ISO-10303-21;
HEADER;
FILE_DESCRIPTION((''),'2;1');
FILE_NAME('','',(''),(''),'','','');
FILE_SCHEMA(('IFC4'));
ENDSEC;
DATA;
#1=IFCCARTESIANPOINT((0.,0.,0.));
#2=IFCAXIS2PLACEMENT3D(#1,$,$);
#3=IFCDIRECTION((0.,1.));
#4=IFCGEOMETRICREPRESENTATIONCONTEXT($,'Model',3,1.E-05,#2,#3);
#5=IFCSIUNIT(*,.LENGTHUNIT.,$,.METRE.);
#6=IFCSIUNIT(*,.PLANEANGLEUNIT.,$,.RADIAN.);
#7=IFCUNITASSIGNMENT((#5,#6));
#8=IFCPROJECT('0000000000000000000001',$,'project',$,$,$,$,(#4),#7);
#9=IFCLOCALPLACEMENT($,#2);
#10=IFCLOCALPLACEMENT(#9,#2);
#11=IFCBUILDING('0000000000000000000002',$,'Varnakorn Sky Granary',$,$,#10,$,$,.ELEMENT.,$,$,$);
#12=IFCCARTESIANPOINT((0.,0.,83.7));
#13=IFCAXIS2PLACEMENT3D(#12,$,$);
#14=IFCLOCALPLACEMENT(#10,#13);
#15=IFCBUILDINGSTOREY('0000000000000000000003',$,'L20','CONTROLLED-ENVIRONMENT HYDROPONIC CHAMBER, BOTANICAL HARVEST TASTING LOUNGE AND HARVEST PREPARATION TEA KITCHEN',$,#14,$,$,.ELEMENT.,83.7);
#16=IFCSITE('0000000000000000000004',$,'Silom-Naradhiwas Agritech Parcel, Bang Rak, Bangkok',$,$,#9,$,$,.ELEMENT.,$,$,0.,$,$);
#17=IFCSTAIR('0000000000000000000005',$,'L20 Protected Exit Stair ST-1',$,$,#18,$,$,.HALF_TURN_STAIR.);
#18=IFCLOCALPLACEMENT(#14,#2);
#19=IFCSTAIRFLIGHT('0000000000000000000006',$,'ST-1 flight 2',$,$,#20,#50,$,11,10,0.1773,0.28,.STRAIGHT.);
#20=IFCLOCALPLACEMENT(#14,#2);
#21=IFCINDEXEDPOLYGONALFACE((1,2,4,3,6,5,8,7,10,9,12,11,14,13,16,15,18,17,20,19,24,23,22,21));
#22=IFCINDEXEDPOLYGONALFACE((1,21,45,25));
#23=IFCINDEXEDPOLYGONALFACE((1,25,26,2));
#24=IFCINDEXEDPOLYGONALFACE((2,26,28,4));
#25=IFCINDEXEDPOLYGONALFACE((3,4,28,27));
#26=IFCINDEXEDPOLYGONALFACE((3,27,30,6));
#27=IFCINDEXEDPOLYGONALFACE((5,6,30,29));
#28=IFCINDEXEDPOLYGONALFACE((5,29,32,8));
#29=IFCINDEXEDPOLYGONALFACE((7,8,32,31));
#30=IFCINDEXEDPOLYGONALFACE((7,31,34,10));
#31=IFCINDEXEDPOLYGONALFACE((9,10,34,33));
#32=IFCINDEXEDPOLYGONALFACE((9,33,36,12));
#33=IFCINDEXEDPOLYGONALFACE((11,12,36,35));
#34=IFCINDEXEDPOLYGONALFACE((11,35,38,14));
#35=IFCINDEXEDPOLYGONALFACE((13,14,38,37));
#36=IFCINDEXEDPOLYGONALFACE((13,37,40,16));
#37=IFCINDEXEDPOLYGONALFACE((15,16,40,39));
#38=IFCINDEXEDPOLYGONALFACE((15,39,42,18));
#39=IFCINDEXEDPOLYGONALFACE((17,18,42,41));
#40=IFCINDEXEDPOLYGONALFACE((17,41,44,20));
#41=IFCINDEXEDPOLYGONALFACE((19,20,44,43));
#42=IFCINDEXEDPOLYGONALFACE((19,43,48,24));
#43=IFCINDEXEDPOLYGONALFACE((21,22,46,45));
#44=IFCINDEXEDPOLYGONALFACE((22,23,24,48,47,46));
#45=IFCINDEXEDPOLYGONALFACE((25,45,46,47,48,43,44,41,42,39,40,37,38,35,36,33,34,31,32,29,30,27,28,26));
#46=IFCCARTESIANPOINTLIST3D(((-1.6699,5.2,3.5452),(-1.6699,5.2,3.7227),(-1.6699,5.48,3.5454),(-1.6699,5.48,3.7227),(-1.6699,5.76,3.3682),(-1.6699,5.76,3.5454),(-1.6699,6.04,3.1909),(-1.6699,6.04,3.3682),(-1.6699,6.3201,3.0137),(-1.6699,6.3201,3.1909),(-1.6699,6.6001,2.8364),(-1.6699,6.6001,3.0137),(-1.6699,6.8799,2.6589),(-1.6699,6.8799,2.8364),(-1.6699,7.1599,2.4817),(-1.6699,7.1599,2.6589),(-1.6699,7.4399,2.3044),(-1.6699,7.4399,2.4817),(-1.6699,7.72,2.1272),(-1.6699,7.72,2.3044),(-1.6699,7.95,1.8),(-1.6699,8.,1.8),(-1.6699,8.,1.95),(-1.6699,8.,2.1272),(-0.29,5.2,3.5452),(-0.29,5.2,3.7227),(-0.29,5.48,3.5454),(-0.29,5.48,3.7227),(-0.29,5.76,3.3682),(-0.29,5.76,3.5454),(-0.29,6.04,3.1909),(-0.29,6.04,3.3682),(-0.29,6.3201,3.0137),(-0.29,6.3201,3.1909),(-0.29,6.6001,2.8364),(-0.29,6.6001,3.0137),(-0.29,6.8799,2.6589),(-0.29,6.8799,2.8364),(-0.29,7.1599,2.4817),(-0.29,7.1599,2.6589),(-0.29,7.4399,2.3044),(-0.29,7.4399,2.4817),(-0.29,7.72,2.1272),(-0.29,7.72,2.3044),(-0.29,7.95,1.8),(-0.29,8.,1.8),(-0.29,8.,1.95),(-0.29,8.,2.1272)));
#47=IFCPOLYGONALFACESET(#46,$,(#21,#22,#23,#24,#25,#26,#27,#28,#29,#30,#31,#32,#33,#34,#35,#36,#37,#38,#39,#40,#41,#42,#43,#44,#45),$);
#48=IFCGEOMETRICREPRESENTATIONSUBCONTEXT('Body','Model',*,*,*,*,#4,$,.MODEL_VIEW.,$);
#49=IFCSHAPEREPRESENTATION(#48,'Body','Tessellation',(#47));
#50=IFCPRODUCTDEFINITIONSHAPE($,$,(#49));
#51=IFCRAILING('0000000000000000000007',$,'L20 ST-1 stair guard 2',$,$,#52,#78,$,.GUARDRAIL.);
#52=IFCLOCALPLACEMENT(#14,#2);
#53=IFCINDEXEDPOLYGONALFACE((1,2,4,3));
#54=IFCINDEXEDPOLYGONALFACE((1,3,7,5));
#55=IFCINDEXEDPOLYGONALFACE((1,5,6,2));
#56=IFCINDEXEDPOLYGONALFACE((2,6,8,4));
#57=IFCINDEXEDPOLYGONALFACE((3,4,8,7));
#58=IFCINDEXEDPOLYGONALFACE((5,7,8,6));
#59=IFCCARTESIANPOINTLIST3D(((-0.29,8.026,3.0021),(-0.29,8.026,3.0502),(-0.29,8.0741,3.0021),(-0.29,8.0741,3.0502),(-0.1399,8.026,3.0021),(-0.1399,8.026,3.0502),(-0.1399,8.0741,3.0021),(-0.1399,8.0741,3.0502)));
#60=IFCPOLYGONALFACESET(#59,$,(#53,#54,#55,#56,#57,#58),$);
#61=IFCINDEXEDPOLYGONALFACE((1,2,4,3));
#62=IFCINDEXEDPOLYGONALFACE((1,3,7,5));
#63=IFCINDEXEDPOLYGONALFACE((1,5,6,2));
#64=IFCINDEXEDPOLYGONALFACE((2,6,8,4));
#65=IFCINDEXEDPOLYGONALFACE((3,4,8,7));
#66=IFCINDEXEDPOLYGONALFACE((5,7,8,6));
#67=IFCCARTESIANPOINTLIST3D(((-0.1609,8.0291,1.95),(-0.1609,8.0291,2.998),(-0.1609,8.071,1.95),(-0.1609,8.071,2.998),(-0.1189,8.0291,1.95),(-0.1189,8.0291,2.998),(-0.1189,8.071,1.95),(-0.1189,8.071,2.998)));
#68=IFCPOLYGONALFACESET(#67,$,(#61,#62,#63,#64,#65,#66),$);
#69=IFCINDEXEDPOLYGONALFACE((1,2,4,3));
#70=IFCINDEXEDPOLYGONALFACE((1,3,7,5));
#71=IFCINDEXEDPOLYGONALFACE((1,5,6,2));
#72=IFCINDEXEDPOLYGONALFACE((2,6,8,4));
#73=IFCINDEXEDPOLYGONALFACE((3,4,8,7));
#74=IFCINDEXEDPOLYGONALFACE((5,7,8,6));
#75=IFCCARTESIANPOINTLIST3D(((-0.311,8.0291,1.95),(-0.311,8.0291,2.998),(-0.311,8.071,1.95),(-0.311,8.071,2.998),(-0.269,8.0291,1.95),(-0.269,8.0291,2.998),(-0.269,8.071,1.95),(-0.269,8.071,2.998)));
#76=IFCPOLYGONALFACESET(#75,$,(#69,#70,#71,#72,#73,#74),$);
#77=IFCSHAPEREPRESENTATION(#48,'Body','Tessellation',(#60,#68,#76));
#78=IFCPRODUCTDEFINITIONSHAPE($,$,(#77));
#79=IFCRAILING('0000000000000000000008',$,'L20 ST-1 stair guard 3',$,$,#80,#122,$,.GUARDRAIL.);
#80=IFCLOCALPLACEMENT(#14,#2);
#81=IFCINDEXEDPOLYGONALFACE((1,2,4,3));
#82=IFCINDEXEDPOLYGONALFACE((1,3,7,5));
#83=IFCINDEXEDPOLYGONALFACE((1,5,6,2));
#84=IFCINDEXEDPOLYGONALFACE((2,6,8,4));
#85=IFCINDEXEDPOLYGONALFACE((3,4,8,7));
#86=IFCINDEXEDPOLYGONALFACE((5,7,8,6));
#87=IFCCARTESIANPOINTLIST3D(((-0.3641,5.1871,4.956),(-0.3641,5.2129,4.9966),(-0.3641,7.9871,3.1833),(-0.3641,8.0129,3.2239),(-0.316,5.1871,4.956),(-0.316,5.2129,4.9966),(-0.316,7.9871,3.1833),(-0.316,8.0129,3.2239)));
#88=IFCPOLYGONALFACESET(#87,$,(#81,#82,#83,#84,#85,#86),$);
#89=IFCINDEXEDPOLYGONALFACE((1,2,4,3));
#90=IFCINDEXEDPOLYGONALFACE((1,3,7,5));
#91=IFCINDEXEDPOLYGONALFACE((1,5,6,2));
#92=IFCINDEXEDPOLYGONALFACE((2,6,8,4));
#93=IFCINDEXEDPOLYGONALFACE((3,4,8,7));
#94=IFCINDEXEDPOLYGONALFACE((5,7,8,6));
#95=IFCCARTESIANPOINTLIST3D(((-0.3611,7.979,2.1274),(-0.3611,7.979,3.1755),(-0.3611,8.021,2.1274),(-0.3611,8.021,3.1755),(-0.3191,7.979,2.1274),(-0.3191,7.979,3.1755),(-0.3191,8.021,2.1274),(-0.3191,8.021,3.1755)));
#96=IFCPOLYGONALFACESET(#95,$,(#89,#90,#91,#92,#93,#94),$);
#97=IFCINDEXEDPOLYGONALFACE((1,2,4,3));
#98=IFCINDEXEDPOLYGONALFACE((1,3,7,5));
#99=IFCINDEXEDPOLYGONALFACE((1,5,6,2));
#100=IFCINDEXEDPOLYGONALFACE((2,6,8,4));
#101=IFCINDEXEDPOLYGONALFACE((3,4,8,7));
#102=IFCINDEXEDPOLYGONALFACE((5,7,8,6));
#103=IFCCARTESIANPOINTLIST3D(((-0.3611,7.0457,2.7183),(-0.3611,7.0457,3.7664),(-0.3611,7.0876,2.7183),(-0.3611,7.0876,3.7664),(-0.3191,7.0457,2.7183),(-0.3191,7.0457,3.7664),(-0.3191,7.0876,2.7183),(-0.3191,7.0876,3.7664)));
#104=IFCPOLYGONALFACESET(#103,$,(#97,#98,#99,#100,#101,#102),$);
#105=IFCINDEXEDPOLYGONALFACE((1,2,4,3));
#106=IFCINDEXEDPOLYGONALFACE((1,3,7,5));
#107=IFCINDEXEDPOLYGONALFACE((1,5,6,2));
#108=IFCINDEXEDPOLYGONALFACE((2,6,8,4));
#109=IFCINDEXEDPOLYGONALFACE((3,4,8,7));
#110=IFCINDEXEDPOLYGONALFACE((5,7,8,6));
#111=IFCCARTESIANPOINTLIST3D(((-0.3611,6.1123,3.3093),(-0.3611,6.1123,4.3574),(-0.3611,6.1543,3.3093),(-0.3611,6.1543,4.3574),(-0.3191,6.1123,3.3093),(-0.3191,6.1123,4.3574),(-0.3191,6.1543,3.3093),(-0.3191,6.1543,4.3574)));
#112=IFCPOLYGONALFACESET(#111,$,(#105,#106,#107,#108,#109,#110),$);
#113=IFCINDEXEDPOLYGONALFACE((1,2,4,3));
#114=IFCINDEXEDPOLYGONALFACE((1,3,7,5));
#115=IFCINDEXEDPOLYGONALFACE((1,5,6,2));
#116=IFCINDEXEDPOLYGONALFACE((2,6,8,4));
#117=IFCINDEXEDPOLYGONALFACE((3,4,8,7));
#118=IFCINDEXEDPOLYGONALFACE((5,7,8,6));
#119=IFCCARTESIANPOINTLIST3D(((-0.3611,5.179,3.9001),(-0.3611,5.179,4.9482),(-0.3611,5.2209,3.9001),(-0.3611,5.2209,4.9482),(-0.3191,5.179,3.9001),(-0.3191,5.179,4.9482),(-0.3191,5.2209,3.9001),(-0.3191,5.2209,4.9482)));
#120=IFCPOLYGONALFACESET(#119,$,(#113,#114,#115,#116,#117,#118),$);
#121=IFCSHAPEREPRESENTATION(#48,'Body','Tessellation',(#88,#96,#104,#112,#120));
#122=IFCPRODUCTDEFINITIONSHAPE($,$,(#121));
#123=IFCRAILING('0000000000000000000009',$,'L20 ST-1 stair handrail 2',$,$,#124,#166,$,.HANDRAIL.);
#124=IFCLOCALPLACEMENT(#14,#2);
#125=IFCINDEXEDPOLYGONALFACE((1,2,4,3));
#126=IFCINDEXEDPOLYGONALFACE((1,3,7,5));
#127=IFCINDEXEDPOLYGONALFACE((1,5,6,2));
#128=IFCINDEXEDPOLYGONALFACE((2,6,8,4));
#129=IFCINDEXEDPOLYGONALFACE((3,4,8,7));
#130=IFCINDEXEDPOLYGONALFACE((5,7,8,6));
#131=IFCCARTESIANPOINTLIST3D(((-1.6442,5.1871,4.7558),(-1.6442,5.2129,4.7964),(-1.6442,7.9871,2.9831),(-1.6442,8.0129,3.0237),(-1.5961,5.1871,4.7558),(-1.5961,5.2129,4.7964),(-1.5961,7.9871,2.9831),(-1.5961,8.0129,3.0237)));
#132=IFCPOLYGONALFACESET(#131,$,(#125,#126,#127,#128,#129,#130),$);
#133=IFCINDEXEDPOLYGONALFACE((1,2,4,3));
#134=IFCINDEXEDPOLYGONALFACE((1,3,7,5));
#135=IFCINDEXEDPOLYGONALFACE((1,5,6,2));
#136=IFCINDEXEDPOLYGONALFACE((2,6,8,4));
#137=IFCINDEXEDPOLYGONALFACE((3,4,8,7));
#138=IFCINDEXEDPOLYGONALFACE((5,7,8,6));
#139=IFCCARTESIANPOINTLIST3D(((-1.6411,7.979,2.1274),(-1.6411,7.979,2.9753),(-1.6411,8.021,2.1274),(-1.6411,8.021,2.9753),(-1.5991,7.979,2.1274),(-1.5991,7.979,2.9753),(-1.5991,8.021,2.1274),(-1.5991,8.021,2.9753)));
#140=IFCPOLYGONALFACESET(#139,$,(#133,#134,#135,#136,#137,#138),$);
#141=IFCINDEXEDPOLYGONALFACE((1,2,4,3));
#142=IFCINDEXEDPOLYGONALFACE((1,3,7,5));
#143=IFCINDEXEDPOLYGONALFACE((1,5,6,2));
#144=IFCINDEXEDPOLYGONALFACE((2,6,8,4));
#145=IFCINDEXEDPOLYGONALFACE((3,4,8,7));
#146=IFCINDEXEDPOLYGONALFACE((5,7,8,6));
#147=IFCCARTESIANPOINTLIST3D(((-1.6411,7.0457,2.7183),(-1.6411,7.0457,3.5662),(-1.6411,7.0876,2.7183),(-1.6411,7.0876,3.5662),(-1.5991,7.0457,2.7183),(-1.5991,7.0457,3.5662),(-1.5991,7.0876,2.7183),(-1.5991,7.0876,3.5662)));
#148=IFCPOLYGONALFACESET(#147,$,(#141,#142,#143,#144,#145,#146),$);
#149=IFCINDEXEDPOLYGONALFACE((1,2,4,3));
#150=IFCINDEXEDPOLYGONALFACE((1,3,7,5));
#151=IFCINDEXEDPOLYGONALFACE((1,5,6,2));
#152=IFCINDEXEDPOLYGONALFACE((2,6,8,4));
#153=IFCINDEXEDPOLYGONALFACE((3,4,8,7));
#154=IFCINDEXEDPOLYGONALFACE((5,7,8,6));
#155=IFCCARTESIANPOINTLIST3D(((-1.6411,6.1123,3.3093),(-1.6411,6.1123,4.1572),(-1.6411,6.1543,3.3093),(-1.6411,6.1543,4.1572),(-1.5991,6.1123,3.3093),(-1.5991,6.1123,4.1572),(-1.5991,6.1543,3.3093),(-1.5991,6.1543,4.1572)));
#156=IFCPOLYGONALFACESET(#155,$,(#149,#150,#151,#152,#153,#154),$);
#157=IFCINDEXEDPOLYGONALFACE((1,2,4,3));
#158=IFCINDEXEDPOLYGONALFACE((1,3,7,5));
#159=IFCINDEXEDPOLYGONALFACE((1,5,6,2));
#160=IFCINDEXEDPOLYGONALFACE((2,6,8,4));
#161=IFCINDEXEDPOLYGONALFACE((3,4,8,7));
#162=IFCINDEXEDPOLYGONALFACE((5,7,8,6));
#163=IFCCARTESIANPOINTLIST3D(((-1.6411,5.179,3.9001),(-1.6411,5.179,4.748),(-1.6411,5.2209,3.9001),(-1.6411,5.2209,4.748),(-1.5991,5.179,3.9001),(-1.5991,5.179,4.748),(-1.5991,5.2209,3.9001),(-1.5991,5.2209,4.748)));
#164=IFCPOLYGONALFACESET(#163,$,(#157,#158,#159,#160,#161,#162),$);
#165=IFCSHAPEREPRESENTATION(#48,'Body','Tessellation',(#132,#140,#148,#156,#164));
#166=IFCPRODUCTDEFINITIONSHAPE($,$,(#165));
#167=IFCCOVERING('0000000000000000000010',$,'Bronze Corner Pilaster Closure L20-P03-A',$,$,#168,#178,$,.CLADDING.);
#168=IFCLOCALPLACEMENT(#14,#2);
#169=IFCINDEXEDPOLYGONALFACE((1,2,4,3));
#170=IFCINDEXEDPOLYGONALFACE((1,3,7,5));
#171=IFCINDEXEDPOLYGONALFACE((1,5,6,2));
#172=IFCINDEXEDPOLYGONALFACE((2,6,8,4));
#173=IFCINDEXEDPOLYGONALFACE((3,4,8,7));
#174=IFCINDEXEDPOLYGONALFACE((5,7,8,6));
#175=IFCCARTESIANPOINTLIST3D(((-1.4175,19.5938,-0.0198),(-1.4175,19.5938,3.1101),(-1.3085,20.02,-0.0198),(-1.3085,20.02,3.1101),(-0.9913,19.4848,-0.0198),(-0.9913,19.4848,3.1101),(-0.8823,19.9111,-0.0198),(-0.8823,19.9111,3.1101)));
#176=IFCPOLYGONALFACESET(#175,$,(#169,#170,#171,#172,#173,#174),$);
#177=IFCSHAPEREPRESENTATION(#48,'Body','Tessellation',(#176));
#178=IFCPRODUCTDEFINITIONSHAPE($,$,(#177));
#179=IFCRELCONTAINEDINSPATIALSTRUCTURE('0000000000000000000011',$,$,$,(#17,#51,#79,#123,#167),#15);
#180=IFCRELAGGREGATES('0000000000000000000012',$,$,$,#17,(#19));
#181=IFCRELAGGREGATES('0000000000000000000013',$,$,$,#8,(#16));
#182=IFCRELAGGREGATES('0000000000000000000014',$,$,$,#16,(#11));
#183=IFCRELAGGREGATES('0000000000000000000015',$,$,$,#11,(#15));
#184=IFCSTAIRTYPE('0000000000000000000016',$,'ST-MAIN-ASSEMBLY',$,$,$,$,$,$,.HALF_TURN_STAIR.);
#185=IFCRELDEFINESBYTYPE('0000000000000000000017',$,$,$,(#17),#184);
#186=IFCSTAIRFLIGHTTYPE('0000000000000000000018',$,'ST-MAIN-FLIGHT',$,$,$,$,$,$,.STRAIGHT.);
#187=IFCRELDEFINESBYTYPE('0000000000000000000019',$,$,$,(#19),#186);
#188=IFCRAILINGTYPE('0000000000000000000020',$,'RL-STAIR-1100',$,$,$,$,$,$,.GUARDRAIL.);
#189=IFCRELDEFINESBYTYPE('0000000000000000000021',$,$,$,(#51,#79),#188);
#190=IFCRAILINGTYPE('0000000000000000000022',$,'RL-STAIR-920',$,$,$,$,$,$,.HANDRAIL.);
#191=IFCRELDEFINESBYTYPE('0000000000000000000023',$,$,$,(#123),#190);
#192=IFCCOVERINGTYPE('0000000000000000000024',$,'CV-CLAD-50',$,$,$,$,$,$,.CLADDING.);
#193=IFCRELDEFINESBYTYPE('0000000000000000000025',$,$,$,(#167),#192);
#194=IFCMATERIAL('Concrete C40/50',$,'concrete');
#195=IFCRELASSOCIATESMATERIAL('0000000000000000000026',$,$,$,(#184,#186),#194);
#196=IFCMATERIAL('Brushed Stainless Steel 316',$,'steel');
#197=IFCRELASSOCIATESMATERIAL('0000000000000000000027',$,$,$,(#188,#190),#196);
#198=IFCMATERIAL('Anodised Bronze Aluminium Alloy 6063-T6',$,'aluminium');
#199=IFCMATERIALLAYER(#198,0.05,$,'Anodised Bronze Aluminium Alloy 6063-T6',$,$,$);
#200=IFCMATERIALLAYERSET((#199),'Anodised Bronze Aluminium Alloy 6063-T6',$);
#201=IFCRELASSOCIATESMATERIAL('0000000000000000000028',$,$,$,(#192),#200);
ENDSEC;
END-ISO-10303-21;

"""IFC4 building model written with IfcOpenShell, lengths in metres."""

from ifc_helpers import new_model, si_unit, direction, frame, origin, origin_2d, place, context, subcontext, project, spatial, polyline, rectangle, outline, extrude, source, transform, mapped, material, layer, layer_set, type_object, type_shapes, element, aggregate, save


model = new_model("IFC4")

# Units and contexts
model_context = context("Model", 3, precision=1e-05, world=origin(), true_north=direction((0.0, 1.0)))
body_context = subcontext(model_context, "Body", "Model", "MODEL_VIEW")
ifc_project = project(units=[si_unit("LENGTHUNIT", "METRE"), si_unit("PLANEANGLEUNIT", "RADIAN")], contexts=[model_context])

# Site, building, storey
site_placement = place(None, origin())
site = spatial("IfcSite", under=ifc_project, at=site_placement, Name="Silom-Naradhiwas Agritech Parcel, Bang Rak, Bangkok", CompositionType="ELEMENT", RefElevation=0.0)
building_placement = place(site_placement, origin())
building = spatial("IfcBuilding", under=site, at=building_placement, Name="Varnakorn Sky Granary", CompositionType="ELEMENT")
storey_placement = place(building_placement, frame((0.0, 0.0, 83.7)))
storey = spatial("IfcBuildingStorey", under=building, at=storey_placement, Name="L20", Description="CONTROLLED-ENVIRONMENT HYDROPONIC CHAMBER, BOTANICAL HARVEST TASTING LOUNGE AND HARVEST PREPARATION TEA KITCHEN", CompositionType="ELEMENT", Elevation=83.7)

# Stair, stair flight
ifc_material_1 = material(Name="Concrete C40/50", Category="concrete")
stair_type = type_object("IfcStairType", Name="ST-MAIN-ASSEMBLY", PredefinedType="HALF_TURN_STAIR", material=ifc_material_1)
stair_placement = place(storey_placement, origin())
stair = element("IfcStair", 1, at=stair_placement, inside=storey, type_object=stair_type, Name="L20 Protected Exit Stair ST-1", PredefinedType="HALF_TURN_STAIR")
stair_flight_type = type_object("IfcStairFlightType", Name="ST-MAIN-FLIGHT", PredefinedType="STRAIGHT", material=ifc_material_1)
stair_flight_placement = place(storey_placement, frame((-0.98, 8.0, 1.95), z_axis=(0.0, 0.0, 1.0), x_axis=(0.0, -1.0, 0.0)))
stair_flight = element("IfcStairFlight", 2, at=stair_flight_placement, type_object=stair_flight_type, Name="ST-1 flight 2", NumberOfRisers=11, NumberOfTreads=10, PredefinedType="STRAIGHT", RiserHeight=0.1773, TreadLength=0.28, context=body_context, shape_type="SweptSolid", body=[
    extrude(outline(polyline([(0.0, -0.1499), (0.0, 0.0), (0.0, 0.1772), (0.28, 0.1772), (0.28, 0.3545), (0.5601, 0.3545), (0.5601, 0.5317), (0.8401, 0.5317), (0.8401, 0.709), (1.1201, 0.709), (1.1201, 0.8865), (1.3999, 0.8865), (1.3999, 1.0637), (1.6799, 1.0637), (1.6799, 1.241), (1.96, 1.241), (1.96, 1.4182), (2.24, 1.4182), (2.24, 1.5955), (2.52, 1.5955), (2.52, 1.7727), (2.8, 1.7727), (2.8, 1.95), (2.8, 1.5952), (0.05, -0.1499), (0.0, -0.1499)])), frame((0.0, 0.6899, 0.0), z_axis=(0.0, -1.0, 0.0), x_axis=(1.0, 0.0, 0.0)), (0.0, 0.0, 1.0), 1.3799),
])
aggregate(stair, [stair_flight])

# Railings
ifc_material_2 = material(Name="Brushed Stainless Steel 316", Category="steel")
railing_type_1 = type_object("IfcRailingType", Name="RL-STAIR-1100", PredefinedType="GUARDRAIL", material=ifc_material_2)
railing_1_placement = place(storey_placement, frame((-0.1399, 8.05, 1.95)))
element("IfcRailing", 3, at=railing_1_placement, inside=storey, type_object=railing_type_1, Name="L20 ST-1 stair guard 2", PredefinedType="GUARDRAIL", context=body_context, shape_type="SweptSolid", body=[
    extrude(rectangle(XDim=0.0481, YDim=0.0481, at=origin_2d()), frame((0.0, 0.0, 1.0762), z_axis=(-1.0, 0.0, 0.0), x_axis=(0.0, -1.0, 0.0)), (0.0, 0.0, 1.0), 0.1501),
    extrude(rectangle(XDim=0.042, YDim=0.042, at=origin_2d()), origin(), (0.0, 0.0, 1.0), 1.0481),
    extrude(rectangle(XDim=0.042, YDim=0.042, at=origin_2d()), frame((-0.1501, 0.0, 0.0)), (0.0, 0.0, 1.0), 1.0481),
])
railing_2_placement = place(storey_placement, frame((-0.3401, 8.0, 2.1274)))
element("IfcRailing", 4, at=railing_2_placement, inside=storey, type_object=railing_type_1, Name="L20 ST-1 stair guard 3", PredefinedType="GUARDRAIL", context=body_context, shape_type="SweptSolid", body=[
    extrude(rectangle(XDim=0.0481, YDim=0.0481, at=origin_2d()), frame((0.0, 0.0, 1.0762), z_axis=(0.0, -0.844909, 0.53491), x_axis=(1.0, 0.0, 0.0)), (0.0, 0.0, 1.0), 3.314),
    extrude(rectangle(XDim=0.042, YDim=0.042, at=origin_2d()), origin(), (0.0, 0.0, 1.0), 1.0481),
    extrude(rectangle(XDim=0.042, YDim=0.042, at=origin_2d()), frame((0.0, -0.9333, 0.5908)), (0.0, 0.0, 1.0), 1.0481),
    extrude(rectangle(XDim=0.042, YDim=0.042, at=origin_2d()), frame((0.0, -1.8667, 1.1819)), (0.0, 0.0, 1.0), 1.0481),
    extrude(rectangle(XDim=0.042, YDim=0.042, at=origin_2d()), frame((0.0, -2.8, 1.7727)), (0.0, 0.0, 1.0), 1.0481),
])
railing_type_2 = type_object("IfcRailingType", Name="RL-STAIR-920", PredefinedType="HANDRAIL", material=ifc_material_2)
railing_3_placement = place(storey_placement, frame((-1.6201, 8.0, 2.1274)))
element("IfcRailing", 5, at=railing_3_placement, inside=storey, type_object=railing_type_2, Name="L20 ST-1 stair handrail 2", PredefinedType="HANDRAIL", context=body_context, shape_type="SweptSolid", body=[
    extrude(rectangle(XDim=0.0481, YDim=0.0481, at=origin_2d()), frame((0.0, 0.0, 0.876), z_axis=(0.0, -0.844909, 0.53491), x_axis=(1.0, 0.0, 0.0)), (0.0, 0.0, 1.0), 3.314),
    extrude(rectangle(XDim=0.042, YDim=0.042, at=origin_2d()), origin(), (0.0, 0.0, 1.0), 0.8479),
    extrude(rectangle(XDim=0.042, YDim=0.042, at=origin_2d()), frame((0.0, -0.9333, 0.5908)), (0.0, 0.0, 1.0), 0.8479),
    extrude(rectangle(XDim=0.042, YDim=0.042, at=origin_2d()), frame((0.0, -1.8667, 1.1819)), (0.0, 0.0, 1.0), 0.8479),
    extrude(rectangle(XDim=0.042, YDim=0.042, at=origin_2d()), frame((0.0, -2.8, 1.7727)), (0.0, 0.0, 1.0), 0.8479),
])

# Covering
ifc_material_3 = material(Name="Anodised Bronze Aluminium Alloy 6063-T6", Category="aluminium")
ifc_layer_1 = layer(ifc_material_3, 0.05, Name="Anodised Bronze Aluminium Alloy 6063-T6")
ifc_layer_set_1 = layer_set([ifc_layer_1], Name="Anodised Bronze Aluminium Alloy 6063-T6")
covering_type = type_object("IfcCoveringType", Name="CV-CLAD-50", PredefinedType="CLADDING", material=ifc_layer_set_1)
shared_shape = source(origin(), body_context, "Body", "SweptSolid", [
    extrude(rectangle(XDim=0.4399, YDim=0.4399, at=origin_2d()), origin(), (0.0, 0.0, 1.0), 3.1299),
])
type_shapes(covering_type, [shared_shape])
covering_placement = place(storey_placement, frame((-1.1499, 19.7524, -0.0198), z_axis=(0.0, 0.0, 1.0), x_axis=(0.968843, -0.247675, 0.0)))
element("IfcCovering", 6, at=covering_placement, inside=storey, type_object=covering_type, Name="Bronze Corner Pilaster Closure L20-P03-A", PredefinedType="CLADDING", context=body_context, shape_type="MappedRepresentation", body=[
    mapped(shared_shape, transform((0.0, 0.0, 0.0), x_axis=(1.0, 0.0, 0.0), y_axis=(0.0, 1.0, 0.0), z_axis=(0.0, 0.0, 1.0), scale=1.0)),
])

save(model, "model.ifc")
